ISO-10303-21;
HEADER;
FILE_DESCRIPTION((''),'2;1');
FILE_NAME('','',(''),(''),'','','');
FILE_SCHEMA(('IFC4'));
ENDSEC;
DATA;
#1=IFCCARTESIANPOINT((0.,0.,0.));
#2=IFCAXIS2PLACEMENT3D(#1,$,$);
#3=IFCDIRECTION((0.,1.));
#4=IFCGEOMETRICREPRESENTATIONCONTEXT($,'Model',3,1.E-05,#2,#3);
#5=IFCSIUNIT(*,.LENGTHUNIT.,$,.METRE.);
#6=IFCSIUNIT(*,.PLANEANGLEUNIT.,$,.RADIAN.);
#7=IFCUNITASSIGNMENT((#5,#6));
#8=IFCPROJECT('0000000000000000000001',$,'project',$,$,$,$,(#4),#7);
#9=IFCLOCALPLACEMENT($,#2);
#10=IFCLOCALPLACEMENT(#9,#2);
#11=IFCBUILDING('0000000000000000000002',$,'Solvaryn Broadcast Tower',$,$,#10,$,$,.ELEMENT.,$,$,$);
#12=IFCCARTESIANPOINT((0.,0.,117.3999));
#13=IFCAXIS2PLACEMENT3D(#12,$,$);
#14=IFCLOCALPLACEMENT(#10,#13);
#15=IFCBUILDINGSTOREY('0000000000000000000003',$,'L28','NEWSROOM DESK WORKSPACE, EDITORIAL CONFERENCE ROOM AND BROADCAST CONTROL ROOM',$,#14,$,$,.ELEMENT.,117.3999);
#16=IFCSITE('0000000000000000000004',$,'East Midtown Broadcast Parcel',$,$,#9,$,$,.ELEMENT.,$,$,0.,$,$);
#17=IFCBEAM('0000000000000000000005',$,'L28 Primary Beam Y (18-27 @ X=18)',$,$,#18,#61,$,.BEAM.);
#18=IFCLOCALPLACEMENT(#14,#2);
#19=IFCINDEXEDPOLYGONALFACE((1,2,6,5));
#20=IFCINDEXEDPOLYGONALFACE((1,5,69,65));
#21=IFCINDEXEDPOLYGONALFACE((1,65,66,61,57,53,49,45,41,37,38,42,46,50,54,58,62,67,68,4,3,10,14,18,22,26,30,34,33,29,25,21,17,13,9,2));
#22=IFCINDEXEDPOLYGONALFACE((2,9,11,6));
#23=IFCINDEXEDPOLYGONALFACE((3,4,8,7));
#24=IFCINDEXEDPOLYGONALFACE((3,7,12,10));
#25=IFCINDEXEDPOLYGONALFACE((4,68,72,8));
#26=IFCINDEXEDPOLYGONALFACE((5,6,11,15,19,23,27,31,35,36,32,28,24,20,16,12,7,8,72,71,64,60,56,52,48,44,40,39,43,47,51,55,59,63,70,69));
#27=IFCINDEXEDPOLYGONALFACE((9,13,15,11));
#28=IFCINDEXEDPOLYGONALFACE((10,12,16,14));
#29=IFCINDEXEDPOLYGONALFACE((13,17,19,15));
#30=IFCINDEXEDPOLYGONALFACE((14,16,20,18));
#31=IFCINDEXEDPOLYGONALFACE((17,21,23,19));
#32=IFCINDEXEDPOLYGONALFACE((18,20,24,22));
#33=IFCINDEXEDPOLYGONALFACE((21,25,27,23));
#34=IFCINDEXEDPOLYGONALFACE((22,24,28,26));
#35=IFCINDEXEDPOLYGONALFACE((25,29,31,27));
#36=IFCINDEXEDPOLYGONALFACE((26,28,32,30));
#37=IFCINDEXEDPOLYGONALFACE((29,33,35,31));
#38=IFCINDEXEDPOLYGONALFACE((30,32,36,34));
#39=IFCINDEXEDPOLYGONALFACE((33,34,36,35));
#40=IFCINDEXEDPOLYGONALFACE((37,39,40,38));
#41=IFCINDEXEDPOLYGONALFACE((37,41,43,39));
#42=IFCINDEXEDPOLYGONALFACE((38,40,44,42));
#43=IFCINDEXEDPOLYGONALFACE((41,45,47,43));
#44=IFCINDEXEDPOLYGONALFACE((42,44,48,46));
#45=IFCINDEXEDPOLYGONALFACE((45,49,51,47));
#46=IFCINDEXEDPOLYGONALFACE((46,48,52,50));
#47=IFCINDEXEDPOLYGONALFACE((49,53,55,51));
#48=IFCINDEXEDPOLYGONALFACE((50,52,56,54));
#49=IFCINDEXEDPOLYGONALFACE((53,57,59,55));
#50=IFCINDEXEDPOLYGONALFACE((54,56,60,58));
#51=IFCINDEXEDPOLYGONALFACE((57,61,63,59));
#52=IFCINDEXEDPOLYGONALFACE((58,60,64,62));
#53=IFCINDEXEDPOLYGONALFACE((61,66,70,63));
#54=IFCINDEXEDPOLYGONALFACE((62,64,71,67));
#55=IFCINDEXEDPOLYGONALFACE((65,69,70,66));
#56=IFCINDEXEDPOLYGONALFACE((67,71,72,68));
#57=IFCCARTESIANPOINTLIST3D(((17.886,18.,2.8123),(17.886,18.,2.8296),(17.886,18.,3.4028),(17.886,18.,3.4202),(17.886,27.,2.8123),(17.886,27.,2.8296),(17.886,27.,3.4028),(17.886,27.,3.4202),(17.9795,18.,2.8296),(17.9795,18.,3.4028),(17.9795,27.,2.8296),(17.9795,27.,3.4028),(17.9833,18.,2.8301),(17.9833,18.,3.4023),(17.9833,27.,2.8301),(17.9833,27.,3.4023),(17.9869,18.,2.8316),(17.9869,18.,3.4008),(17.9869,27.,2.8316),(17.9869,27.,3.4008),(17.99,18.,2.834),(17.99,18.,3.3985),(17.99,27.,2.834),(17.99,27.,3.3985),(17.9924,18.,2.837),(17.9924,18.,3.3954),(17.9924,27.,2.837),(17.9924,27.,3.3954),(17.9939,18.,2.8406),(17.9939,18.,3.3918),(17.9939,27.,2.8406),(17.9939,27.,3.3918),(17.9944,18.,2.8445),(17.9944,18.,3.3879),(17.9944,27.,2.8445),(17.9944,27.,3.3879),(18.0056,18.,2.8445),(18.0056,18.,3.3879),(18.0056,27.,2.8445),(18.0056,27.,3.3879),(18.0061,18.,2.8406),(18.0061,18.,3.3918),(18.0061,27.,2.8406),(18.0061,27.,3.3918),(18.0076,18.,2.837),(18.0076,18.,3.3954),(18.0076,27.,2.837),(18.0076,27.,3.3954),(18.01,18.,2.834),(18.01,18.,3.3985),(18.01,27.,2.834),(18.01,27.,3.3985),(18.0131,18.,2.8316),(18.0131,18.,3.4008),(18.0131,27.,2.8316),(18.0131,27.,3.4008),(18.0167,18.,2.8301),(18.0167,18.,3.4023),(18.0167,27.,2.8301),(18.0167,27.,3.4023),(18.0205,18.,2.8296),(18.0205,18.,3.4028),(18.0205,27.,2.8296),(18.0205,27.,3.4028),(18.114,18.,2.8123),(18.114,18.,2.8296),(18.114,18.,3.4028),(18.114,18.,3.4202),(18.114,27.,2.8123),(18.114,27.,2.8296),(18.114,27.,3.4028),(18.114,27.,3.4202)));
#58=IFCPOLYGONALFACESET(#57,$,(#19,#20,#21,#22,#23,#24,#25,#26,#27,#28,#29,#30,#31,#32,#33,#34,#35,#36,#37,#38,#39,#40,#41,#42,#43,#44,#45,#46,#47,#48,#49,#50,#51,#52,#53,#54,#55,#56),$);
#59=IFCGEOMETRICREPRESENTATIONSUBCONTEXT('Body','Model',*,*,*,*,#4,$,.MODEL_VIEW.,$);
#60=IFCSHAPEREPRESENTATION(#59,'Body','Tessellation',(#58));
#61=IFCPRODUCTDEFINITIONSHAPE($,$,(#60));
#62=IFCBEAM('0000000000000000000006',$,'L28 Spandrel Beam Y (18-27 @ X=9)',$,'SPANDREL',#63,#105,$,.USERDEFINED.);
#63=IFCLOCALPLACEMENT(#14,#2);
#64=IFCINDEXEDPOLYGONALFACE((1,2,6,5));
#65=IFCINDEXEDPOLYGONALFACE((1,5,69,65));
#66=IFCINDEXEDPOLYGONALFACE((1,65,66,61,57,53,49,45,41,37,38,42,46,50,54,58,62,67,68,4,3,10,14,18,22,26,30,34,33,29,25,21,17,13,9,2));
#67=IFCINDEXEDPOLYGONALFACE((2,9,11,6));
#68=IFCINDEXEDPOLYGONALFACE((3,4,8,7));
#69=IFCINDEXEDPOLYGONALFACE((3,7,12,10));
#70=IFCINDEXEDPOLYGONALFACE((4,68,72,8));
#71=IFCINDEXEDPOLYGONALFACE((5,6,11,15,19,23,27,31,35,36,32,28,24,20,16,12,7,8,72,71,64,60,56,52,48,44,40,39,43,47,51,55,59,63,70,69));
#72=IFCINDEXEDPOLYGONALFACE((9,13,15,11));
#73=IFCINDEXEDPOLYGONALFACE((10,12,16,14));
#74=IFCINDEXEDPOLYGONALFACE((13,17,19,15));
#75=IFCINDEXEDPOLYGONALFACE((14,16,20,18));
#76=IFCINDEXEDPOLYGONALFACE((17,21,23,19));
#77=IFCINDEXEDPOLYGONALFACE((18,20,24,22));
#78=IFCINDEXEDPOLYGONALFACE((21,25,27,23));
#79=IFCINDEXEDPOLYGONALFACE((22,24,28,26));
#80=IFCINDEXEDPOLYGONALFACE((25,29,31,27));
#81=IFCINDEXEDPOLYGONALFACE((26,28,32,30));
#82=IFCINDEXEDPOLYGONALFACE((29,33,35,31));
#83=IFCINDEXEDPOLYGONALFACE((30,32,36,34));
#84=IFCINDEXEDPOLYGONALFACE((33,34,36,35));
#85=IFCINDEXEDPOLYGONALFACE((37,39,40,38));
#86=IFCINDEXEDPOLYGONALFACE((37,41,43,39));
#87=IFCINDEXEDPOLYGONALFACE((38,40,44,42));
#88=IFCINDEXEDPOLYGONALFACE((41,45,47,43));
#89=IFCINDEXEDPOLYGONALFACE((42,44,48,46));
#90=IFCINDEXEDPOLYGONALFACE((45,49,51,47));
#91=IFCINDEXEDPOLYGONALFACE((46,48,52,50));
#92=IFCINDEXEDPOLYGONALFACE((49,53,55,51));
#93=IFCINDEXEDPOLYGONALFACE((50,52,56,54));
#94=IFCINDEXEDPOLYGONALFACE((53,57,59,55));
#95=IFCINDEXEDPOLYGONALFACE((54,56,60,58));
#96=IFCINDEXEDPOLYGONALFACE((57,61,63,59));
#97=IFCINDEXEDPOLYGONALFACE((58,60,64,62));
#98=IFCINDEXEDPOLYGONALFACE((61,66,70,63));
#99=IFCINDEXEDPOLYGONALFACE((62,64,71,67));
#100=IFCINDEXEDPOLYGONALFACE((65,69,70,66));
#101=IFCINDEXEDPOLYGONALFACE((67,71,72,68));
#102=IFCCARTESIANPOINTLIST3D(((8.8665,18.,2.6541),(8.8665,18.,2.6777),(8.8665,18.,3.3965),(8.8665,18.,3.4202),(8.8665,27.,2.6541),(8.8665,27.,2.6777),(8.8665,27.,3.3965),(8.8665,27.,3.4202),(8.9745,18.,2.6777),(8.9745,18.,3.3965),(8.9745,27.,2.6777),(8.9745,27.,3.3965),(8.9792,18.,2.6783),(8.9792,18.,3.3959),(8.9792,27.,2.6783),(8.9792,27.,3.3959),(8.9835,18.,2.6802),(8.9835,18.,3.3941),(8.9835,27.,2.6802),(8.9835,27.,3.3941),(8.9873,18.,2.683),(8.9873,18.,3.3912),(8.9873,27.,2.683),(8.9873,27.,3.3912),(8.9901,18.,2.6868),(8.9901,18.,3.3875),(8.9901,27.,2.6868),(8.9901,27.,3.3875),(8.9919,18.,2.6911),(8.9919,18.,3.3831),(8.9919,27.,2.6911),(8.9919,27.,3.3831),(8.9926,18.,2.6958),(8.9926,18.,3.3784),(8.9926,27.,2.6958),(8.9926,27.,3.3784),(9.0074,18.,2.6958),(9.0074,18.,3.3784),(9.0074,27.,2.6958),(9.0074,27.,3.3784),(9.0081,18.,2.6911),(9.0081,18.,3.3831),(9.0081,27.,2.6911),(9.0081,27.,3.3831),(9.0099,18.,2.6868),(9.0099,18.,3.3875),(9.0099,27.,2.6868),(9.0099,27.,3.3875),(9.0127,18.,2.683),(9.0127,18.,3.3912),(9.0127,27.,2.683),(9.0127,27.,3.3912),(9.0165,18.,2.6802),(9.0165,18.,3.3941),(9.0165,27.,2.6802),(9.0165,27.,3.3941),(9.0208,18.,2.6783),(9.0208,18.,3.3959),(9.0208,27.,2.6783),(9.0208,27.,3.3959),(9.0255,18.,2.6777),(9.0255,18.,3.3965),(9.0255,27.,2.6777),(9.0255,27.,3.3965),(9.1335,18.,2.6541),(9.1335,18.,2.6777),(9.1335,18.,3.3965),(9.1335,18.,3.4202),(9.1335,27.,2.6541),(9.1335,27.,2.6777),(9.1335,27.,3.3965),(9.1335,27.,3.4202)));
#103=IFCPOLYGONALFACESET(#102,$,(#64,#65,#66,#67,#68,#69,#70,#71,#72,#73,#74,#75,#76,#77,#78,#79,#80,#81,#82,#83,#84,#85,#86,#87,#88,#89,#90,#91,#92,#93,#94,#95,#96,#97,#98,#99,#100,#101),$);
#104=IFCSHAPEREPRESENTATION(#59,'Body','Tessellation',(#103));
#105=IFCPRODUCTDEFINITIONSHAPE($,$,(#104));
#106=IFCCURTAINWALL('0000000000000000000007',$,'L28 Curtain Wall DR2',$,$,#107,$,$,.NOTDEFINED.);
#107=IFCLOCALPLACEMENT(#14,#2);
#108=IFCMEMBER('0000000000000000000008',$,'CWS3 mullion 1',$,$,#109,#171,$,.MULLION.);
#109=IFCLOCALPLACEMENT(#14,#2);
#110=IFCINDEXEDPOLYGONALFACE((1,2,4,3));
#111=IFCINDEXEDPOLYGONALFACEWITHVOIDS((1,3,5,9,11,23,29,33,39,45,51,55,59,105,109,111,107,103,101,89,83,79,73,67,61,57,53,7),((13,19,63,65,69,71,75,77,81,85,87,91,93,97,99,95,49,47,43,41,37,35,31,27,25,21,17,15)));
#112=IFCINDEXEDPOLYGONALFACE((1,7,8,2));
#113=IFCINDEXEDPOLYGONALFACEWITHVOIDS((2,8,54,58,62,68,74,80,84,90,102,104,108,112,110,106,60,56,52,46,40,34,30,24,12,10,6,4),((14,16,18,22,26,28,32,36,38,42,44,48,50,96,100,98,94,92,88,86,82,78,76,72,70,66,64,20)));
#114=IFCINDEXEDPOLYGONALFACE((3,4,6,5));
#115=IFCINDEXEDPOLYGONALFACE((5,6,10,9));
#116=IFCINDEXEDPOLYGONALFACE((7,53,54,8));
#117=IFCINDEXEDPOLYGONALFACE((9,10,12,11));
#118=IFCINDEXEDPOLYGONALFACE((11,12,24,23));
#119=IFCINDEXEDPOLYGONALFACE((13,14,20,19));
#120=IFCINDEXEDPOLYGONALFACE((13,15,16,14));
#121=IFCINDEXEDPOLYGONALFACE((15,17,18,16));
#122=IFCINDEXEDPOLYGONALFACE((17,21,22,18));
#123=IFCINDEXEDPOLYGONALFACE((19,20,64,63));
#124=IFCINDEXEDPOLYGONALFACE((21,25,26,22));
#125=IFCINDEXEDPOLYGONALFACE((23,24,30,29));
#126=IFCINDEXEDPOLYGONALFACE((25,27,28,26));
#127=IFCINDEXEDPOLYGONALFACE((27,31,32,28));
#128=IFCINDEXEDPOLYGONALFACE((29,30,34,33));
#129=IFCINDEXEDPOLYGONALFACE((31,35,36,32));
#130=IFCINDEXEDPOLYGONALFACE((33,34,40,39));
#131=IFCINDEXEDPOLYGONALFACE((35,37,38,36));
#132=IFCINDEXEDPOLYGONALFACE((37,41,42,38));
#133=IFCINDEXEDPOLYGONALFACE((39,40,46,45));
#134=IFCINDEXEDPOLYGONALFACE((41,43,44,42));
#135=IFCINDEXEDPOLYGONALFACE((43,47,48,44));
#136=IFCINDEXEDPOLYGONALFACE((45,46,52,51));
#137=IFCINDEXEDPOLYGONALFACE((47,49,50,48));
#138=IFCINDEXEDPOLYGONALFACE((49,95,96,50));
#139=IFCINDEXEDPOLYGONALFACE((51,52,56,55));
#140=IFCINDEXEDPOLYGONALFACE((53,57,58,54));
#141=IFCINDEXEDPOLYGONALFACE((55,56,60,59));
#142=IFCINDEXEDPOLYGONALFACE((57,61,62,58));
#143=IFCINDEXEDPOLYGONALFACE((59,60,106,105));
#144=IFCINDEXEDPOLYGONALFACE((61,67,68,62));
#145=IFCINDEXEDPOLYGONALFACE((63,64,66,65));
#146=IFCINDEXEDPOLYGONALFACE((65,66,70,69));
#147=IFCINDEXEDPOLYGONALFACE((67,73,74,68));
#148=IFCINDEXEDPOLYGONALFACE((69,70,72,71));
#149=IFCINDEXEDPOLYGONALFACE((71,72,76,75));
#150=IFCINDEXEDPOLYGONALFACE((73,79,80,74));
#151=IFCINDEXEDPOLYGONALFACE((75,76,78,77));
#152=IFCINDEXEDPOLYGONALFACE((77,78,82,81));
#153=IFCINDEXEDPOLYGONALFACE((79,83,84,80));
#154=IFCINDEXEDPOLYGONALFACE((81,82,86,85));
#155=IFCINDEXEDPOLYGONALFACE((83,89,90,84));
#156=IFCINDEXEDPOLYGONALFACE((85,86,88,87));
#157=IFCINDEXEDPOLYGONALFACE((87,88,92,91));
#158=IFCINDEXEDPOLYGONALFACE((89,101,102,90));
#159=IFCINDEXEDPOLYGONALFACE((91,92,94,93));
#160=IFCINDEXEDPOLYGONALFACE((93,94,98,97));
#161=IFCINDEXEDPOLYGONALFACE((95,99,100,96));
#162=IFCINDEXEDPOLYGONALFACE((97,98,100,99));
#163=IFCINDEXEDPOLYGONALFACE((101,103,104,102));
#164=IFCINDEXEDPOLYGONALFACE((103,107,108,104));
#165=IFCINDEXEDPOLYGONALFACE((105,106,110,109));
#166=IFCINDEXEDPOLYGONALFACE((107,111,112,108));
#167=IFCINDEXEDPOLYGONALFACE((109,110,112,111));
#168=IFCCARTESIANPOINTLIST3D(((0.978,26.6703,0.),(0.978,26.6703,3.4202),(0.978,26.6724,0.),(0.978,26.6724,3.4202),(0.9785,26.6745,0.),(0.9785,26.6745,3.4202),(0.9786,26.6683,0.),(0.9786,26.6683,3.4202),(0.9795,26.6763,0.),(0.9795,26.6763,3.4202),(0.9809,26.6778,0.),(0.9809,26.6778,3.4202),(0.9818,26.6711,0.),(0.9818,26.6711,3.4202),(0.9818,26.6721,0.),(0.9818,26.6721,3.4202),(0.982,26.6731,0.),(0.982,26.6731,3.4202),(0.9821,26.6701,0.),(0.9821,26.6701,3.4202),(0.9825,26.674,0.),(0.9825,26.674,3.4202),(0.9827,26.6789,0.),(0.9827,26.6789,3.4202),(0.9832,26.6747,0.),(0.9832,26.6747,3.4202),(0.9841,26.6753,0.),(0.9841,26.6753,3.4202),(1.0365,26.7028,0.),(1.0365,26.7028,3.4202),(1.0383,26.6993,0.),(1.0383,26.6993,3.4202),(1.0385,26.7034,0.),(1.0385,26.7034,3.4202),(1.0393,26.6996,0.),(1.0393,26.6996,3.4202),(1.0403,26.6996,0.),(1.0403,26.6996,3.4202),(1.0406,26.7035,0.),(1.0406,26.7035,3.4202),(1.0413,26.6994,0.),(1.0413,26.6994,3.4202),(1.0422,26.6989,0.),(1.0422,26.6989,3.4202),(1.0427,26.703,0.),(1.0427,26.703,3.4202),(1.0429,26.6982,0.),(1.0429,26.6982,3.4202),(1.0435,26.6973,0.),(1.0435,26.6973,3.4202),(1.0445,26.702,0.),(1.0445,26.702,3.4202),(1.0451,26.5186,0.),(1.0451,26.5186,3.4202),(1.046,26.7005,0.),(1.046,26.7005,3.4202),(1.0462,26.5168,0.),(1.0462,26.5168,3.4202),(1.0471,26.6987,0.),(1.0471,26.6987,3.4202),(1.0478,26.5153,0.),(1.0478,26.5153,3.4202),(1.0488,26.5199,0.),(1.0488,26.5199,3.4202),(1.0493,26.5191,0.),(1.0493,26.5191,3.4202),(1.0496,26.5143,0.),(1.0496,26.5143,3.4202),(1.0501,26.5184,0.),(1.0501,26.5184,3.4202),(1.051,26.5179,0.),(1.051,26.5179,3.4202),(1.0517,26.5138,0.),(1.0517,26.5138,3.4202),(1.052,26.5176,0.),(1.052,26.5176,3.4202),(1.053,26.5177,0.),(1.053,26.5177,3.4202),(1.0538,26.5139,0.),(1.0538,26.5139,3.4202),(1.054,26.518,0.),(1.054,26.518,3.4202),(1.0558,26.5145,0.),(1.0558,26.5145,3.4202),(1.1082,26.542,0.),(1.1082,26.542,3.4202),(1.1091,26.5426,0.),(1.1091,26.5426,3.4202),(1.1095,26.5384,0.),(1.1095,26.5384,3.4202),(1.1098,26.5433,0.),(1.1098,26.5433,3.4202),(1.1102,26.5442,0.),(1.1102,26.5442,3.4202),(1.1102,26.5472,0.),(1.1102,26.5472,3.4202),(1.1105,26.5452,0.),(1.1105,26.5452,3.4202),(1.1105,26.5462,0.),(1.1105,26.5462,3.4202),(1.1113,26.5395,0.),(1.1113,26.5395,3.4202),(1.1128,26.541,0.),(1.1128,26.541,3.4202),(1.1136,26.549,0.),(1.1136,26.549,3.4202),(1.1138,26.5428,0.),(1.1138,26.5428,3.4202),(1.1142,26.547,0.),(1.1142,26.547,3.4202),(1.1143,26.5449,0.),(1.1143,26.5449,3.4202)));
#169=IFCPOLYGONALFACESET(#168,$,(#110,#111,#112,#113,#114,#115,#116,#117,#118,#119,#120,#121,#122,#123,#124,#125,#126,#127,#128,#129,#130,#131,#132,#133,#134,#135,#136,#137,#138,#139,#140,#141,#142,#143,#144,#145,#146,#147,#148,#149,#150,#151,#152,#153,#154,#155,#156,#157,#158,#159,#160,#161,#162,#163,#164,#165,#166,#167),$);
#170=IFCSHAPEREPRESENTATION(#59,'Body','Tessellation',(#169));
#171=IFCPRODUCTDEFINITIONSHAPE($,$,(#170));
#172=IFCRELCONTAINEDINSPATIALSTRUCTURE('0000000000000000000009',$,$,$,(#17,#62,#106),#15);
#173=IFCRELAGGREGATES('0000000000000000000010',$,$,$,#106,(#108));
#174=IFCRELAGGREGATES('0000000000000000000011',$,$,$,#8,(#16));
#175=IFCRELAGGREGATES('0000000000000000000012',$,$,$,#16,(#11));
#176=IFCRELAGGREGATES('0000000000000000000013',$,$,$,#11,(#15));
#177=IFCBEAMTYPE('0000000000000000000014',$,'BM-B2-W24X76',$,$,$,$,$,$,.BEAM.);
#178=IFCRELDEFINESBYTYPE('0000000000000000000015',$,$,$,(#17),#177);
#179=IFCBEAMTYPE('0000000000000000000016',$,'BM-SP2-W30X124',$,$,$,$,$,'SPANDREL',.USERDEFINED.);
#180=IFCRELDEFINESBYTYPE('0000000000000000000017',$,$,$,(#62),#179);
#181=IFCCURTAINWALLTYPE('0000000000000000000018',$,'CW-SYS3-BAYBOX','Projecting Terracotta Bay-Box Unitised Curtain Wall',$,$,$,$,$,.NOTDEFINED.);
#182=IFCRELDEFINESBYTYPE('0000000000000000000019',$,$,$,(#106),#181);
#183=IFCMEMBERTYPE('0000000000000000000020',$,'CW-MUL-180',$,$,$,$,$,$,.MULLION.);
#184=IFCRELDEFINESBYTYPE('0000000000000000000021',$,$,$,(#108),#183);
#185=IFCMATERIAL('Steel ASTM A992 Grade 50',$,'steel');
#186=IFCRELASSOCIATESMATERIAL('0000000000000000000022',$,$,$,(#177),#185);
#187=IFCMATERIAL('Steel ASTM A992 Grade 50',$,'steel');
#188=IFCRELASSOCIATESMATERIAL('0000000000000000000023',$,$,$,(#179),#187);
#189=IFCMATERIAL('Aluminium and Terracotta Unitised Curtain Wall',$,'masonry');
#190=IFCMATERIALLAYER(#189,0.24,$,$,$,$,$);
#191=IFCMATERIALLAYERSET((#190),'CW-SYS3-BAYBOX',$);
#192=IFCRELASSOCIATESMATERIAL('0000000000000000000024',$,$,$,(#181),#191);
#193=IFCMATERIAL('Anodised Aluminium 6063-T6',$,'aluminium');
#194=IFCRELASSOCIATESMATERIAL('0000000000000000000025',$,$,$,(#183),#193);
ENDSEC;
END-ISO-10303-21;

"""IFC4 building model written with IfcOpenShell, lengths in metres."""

from ifc_helpers import new_model, si_unit, direction, frame, origin, origin_2d, place, context, subcontext, project, spatial, hollow_rectangle, i_section, extrude, material, layer, layer_set, material_profile, profile_set, type_object, element, aggregate, save


model = new_model("IFC4")

# Units and contexts
model_context = context("Model", 3, precision=1e-05, world=origin(), true_north=direction((0.0, 1.0)))
body_context = subcontext(model_context, "Body", "Model", "MODEL_VIEW")
ifc_project = project(units=[si_unit("LENGTHUNIT", "METRE"), si_unit("PLANEANGLEUNIT", "RADIAN")], contexts=[model_context])

# Site, building, storey
site_placement = place(None, origin())
site = spatial("IfcSite", under=ifc_project, at=site_placement, Name="East Midtown Broadcast Parcel", CompositionType="ELEMENT", RefElevation=0.0)
building_placement = place(site_placement, origin())
building = spatial("IfcBuilding", under=site, at=building_placement, Name="Solvaryn Broadcast Tower", CompositionType="ELEMENT")
storey_placement = place(building_placement, frame((0.0, 0.0, 117.3999)))
storey = spatial("IfcBuildingStorey", under=building, at=storey_placement, Name="L28", Description="NEWSROOM DESK WORKSPACE, EDITORIAL CONFERENCE ROOM AND BROADCAST CONTROL ROOM", CompositionType="ELEMENT", Elevation=117.3999)

# Beams
ifc_material_1 = material(Name="Steel ASTM A992 Grade 50", Category="steel")
ifc_material_profile_1 = material_profile(ifc_material_1, i_section(OverallWidth=0.228, OverallDepth=0.6079, WebThickness=0.0112, FlangeThickness=0.0173, FilletRadius=0.0149, at=origin_2d()))
ifc_profile_set_1 = profile_set([ifc_material_profile_1], Name="Steel ASTM A992 Grade 50")
beam_type_1 = type_object("IfcBeamType", Name="BM-B2-W24X76", PredefinedType="BEAM", material=ifc_profile_set_1)
beam_1_placement = place(storey_placement, frame((18.0, 18.0, 3.1162), z_axis=(0.0, 1.0, 0.0), x_axis=(-1.0, 0.0, 0.0)))
element("IfcBeam", 1, at=beam_1_placement, inside=storey, type_object=beam_type_1, Name="L28 Primary Beam Y (18-27 @ X=18)", PredefinedType="BEAM", context=body_context, shape_type="SweptSolid", body=[
    extrude(i_section(OverallWidth=0.228, OverallDepth=0.6079, WebThickness=0.0112, FlangeThickness=0.0173, FilletRadius=0.0149, at=origin_2d()), origin(), (0.0, 0.0, 1.0), 9.0),
])
ifc_material_2 = material(Name="Steel ASTM A992 Grade 50", Category="steel")
ifc_material_profile_2 = material_profile(ifc_material_2, i_section(OverallWidth=0.2671, OverallDepth=0.7661, WebThickness=0.0149, FlangeThickness=0.0237, FilletRadius=0.0181, at=origin_2d()))
ifc_profile_set_2 = profile_set([ifc_material_profile_2], Name="Steel ASTM A992 Grade 50")
beam_type_2 = type_object("IfcBeamType", Name="BM-SP2-W30X124", ElementType="SPANDREL", PredefinedType="USERDEFINED", material=ifc_profile_set_2)
beam_2_placement = place(storey_placement, frame((9.0, 18.0, 3.0371), z_axis=(0.0, 1.0, 0.0), x_axis=(-1.0, 0.0, 0.0)))
element("IfcBeam", 2, at=beam_2_placement, inside=storey, type_object=beam_type_2, Name="L28 Spandrel Beam Y (18-27 @ X=9)", ObjectType="SPANDREL", PredefinedType="USERDEFINED", context=body_context, shape_type="SweptSolid", body=[
    extrude(i_section(OverallWidth=0.2671, OverallDepth=0.7661, WebThickness=0.0149, FlangeThickness=0.0237, FilletRadius=0.0181, at=origin_2d()), origin(), (0.0, 0.0, 1.0), 9.0),
])

# Curtain wall, member
ifc_material_3 = material(Name="Aluminium and Terracotta Unitised Curtain Wall", Category="masonry")
ifc_layer_1 = layer(ifc_material_3, 0.24)
ifc_layer_set_1 = layer_set([ifc_layer_1], Name="CW-SYS3-BAYBOX")
curtain_wall_type = type_object("IfcCurtainWallType", Name="CW-SYS3-BAYBOX", Description="Projecting Terracotta Bay-Box Unitised Curtain Wall", PredefinedType="NOTDEFINED", material=ifc_layer_set_1)
curtain_wall_placement = place(storey_placement, origin())
curtain_wall = element("IfcCurtainWall", 3, at=curtain_wall_placement, inside=storey, type_object=curtain_wall_type, Name="L28 Curtain Wall DR2", PredefinedType="NOTDEFINED")
ifc_material_4 = material(Name="Anodised Aluminium 6063-T6", Category="aluminium")
ifc_material_profile_3 = material_profile(ifc_material_4, hollow_rectangle(XDim=0.075, YDim=0.1799, WallThickness=0.0039, InnerFilletRadius=0.0039, OuterFilletRadius=0.0081, at=origin_2d()))
ifc_profile_set_3 = profile_set([ifc_material_profile_3], Name="Anodised Aluminium 6063-T6")
member_type_1 = type_object("IfcMemberType", Name="CW-MUL-180", PredefinedType="MULLION", material=ifc_profile_set_3)
member_1_placement = place(storey_placement, frame((1.0461, 26.6086, 0.0), z_axis=(0.0, 0.0, 1.0), x_axis=(0.913909, 0.405918, 0.0)))
member_1 = element("IfcMember", 4, at=member_1_placement, type_object=member_type_1, Name="CWS3 mullion 1", PredefinedType="MULLION", context=body_context, shape_type="SweptSolid", body=[
    extrude(hollow_rectangle(XDim=0.075, YDim=0.1799, WallThickness=0.0039, InnerFilletRadius=0.0039, OuterFilletRadius=0.0081, at=origin_2d()), origin(), (0.0, 0.0, 1.0), 3.4202),
])
aggregate(curtain_wall, [member_1])

save(model, "model.ifc")
